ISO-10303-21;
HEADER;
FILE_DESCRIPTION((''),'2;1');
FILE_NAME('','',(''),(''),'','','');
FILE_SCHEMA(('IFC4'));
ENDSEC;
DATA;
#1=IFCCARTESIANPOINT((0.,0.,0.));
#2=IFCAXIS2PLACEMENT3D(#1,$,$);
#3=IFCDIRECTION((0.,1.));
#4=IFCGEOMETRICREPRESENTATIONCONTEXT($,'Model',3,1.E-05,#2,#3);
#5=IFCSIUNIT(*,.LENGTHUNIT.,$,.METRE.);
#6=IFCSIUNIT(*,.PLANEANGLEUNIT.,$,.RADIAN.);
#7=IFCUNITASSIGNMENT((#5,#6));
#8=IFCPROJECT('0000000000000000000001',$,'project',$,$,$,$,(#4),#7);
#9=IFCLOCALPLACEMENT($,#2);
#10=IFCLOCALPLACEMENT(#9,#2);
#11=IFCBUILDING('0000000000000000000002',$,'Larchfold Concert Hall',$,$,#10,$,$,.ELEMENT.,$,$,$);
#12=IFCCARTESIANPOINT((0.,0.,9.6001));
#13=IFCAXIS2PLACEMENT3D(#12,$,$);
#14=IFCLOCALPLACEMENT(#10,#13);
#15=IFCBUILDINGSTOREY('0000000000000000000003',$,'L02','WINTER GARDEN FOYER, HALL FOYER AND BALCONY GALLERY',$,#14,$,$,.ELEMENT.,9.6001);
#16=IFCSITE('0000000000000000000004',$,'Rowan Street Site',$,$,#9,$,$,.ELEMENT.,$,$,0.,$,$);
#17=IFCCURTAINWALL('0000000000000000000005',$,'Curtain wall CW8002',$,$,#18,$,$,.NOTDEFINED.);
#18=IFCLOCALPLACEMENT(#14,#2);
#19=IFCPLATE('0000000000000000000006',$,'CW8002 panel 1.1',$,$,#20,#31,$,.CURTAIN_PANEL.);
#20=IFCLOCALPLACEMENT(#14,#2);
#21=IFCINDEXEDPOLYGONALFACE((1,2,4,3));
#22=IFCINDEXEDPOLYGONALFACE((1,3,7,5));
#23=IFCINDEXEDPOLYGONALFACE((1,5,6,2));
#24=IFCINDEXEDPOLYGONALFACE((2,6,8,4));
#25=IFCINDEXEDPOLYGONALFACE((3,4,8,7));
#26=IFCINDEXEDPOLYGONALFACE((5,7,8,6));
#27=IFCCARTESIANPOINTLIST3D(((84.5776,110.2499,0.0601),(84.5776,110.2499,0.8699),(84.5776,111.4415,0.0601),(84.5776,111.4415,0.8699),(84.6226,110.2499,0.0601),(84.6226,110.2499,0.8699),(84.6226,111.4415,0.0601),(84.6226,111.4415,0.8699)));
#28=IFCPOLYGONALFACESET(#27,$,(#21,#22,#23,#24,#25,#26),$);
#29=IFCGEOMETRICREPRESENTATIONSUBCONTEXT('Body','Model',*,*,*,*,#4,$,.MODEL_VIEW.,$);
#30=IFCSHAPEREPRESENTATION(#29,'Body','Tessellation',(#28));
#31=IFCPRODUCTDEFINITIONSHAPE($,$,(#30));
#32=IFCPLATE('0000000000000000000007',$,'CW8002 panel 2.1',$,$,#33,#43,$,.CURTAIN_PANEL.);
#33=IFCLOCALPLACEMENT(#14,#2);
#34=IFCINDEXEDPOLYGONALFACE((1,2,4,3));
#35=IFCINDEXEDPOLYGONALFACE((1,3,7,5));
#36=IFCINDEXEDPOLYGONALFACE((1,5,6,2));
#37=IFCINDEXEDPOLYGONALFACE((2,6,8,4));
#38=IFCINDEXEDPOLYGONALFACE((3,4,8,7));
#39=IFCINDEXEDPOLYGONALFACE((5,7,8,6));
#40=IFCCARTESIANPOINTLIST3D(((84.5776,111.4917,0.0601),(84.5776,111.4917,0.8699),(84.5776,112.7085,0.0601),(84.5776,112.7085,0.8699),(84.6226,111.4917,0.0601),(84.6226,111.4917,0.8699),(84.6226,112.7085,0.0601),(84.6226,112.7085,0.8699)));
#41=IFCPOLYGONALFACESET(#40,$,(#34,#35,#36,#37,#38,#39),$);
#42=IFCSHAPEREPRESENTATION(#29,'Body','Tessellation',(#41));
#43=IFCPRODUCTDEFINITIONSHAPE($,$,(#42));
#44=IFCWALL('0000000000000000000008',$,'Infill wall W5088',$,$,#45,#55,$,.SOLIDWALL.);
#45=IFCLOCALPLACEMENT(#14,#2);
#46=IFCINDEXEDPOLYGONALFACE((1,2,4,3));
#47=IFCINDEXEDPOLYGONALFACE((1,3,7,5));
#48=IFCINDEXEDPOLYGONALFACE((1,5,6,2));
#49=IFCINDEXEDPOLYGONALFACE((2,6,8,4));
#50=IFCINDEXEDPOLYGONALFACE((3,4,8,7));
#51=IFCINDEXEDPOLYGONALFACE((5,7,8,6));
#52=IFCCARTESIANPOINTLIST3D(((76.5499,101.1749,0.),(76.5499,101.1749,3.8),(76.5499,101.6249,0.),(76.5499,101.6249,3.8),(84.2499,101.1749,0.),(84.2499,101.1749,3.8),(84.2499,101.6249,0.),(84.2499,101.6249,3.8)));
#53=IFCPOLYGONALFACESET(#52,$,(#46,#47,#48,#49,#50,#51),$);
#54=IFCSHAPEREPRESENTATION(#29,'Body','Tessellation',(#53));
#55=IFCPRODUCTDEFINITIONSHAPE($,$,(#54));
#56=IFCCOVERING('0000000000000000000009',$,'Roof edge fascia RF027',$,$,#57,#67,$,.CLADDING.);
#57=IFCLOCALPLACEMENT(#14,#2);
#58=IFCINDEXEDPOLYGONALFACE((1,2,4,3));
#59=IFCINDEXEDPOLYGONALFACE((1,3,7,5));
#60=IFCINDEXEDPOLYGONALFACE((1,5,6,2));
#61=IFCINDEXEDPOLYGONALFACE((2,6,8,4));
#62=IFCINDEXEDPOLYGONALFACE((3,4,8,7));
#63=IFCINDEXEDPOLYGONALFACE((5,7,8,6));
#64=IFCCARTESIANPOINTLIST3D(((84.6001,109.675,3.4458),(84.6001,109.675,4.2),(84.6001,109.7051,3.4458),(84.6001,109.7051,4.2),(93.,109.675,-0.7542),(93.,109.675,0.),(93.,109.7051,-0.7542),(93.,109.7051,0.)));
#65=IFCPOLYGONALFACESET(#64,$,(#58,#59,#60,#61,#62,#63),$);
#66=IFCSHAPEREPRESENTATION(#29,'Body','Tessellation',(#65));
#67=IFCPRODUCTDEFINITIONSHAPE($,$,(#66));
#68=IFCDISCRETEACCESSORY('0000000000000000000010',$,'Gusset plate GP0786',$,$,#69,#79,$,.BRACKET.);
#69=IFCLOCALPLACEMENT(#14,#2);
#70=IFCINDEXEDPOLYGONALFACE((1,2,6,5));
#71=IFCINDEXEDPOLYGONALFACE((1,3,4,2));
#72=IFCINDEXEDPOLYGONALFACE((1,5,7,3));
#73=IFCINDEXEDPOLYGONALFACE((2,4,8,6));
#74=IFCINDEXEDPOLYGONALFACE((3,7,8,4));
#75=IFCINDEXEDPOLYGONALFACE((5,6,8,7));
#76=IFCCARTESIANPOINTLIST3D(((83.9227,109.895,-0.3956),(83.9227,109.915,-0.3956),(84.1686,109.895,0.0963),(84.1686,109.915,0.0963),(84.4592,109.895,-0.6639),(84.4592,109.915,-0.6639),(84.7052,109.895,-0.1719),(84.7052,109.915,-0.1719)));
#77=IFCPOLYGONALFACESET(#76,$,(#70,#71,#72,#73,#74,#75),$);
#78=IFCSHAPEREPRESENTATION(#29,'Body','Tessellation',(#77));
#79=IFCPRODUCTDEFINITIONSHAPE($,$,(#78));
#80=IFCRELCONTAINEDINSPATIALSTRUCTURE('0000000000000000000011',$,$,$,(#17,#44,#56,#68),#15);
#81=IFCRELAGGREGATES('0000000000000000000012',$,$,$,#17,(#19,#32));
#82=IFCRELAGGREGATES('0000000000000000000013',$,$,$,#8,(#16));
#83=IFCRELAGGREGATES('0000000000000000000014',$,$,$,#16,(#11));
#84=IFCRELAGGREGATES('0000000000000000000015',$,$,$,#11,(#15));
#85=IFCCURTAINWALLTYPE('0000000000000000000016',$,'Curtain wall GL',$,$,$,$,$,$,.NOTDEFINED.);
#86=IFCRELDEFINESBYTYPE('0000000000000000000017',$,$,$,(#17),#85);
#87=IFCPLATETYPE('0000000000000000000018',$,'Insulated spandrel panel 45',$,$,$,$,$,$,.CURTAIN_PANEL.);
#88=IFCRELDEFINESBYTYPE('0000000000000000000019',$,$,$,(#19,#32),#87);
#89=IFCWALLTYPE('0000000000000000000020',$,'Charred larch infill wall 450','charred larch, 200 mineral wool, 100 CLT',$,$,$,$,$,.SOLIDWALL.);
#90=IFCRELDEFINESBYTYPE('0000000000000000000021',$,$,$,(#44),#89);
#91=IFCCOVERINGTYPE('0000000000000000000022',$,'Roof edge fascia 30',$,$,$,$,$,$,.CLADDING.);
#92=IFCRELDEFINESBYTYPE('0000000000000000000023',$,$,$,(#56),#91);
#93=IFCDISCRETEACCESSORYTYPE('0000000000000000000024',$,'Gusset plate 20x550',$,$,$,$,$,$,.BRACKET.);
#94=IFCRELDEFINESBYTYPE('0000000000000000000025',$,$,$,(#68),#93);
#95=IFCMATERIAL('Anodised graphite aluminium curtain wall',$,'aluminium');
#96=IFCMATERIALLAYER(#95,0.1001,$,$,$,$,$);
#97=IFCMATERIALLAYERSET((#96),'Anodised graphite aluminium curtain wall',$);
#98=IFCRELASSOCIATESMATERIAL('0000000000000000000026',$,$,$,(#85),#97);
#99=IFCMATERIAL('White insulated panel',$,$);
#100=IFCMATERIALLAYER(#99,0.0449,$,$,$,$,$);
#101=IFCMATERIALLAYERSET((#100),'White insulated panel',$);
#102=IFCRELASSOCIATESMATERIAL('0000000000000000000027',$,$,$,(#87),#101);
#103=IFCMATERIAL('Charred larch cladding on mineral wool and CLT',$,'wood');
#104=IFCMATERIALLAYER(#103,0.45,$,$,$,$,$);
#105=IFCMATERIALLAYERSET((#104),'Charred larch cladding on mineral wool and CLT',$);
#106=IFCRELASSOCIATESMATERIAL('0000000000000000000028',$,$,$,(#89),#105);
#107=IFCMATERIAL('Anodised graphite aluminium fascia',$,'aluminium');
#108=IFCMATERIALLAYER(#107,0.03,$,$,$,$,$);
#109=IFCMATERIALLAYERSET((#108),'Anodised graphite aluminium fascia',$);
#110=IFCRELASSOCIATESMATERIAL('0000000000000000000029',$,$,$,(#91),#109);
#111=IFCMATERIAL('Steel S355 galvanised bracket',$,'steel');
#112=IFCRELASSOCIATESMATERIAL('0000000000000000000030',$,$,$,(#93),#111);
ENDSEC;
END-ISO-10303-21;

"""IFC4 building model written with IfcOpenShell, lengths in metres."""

from ifc_helpers import new_model, si_unit, direction, frame, frame_2d, origin, origin_2d, place, context, subcontext, project, spatial, polyline, rectangle, outline, extrude, material, layer, layer_set, material_profile, profile_set, type_object, element, aggregate, save


model = new_model("IFC4")

# Units and contexts
model_context = context("Model", 3, precision=1e-05, world=origin(), true_north=direction((0.0, 1.0)))
body_context = subcontext(model_context, "Body", "Model", "MODEL_VIEW")
ifc_project = project(units=[si_unit("LENGTHUNIT", "METRE"), si_unit("PLANEANGLEUNIT", "RADIAN")], contexts=[model_context])

# Site, building, storey
site_placement = place(None, origin())
site = spatial("IfcSite", under=ifc_project, at=site_placement, Name="Rowan Street Site", CompositionType="ELEMENT", RefElevation=0.0)
building_placement = place(site_placement, origin())
building = spatial("IfcBuilding", under=site, at=building_placement, Name="Larchfold Concert Hall", CompositionType="ELEMENT")
storey_placement = place(building_placement, frame((0.0, 0.0, 9.6001)))
storey = spatial("IfcBuildingStorey", under=building, at=storey_placement, Name="L02", Description="WINTER GARDEN FOYER, HALL FOYER AND BALCONY GALLERY", CompositionType="ELEMENT", Elevation=9.6001)

# Curtain wall
ifc_material_1 = material(Name="Anodised graphite aluminium curtain wall", Category="aluminium")
ifc_layer_1 = layer(ifc_material_1, 0.1001)
ifc_layer_set_1 = layer_set([ifc_layer_1], Name="Anodised graphite aluminium curtain wall")
curtain_wall_type = type_object("IfcCurtainWallType", Name="Curtain wall GL", PredefinedType="NOTDEFINED", material=ifc_layer_set_1)
curtain_wall_placement = place(storey_placement, origin())
curtain_wall = element("IfcCurtainWall", 1, at=curtain_wall_placement, inside=storey, type_object=curtain_wall_type, Name="Curtain wall CW8002", PredefinedType="NOTDEFINED")

# Plates
ifc_material_2 = material(Name="White insulated panel")
ifc_layer_2 = layer(ifc_material_2, 0.0449)
ifc_layer_set_2 = layer_set([ifc_layer_2], Name="White insulated panel")
plate_type_1 = type_object("IfcPlateType", Name="Insulated spandrel panel 45", PredefinedType="CURTAIN_PANEL", material=ifc_layer_set_2)
plate_1_placement = place(storey_placement, frame((84.6001, 110.8457, 0.0601), z_axis=(0.0, 0.0, 1.0), x_axis=(0.0, 1.0, 0.0)))
plate_1 = element("IfcPlate", 2, at=plate_1_placement, type_object=plate_type_1, Name="CW8002 panel 1.1", PredefinedType="CURTAIN_PANEL", context=body_context, shape_type="SweptSolid", body=[
    extrude(rectangle(XDim=1.1917, YDim=0.0449, at=origin_2d()), origin(), (0.0, 0.0, 1.0), 0.8098),
])
plate_2_placement = place(storey_placement, frame((84.6001, 112.1001, 0.0601), z_axis=(0.0, 0.0, 1.0), x_axis=(0.0, 1.0, 0.0)))
plate_2 = element("IfcPlate", 3, at=plate_2_placement, type_object=plate_type_1, Name="CW8002 panel 2.1", PredefinedType="CURTAIN_PANEL", context=body_context, shape_type="SweptSolid", body=[
    extrude(rectangle(XDim=1.2168, YDim=0.0449, at=origin_2d()), origin(), (0.0, 0.0, 1.0), 0.8098),
])
aggregate(curtain_wall, [plate_1, plate_2])

# Wall
ifc_material_3 = material(Name="Charred larch cladding on mineral wool and CLT", Category="wood")
ifc_layer_3 = layer(ifc_material_3, 0.45)
ifc_layer_set_3 = layer_set([ifc_layer_3], Name="Charred larch cladding on mineral wool and CLT")
wall_type = type_object("IfcWallType", Name="Charred larch infill wall 450", Description="charred larch, 200 mineral wool, 100 CLT", PredefinedType="SOLIDWALL", material=ifc_layer_set_3)
wall_placement = place(storey_placement, frame((84.25, 101.3999, 0.0), z_axis=(0.0, 0.0, 1.0), x_axis=(-1.0, 0.0, 0.0)))
element("IfcWall", 4, at=wall_placement, inside=storey, type_object=wall_type, Name="Infill wall W5088", PredefinedType="SOLIDWALL", context=body_context, shape_type="SweptSolid", body=[
    extrude(rectangle(XDim=7.7, YDim=0.45, at=frame_2d((3.8501, 0.0))), origin(), (0.0, 0.0, 1.0), 3.8),
])

# Covering
ifc_material_4 = material(Name="Anodised graphite aluminium fascia", Category="aluminium")
ifc_layer_4 = layer(ifc_material_4, 0.03)
ifc_layer_set_4 = layer_set([ifc_layer_4], Name="Anodised graphite aluminium fascia")
covering_type = type_object("IfcCoveringType", Name="Roof edge fascia 30", PredefinedType="CLADDING", material=ifc_layer_set_4)
covering_placement = place(storey_placement, frame((84.6001, 109.675, 3.4458), z_axis=(0.0, -1.0, 0.0), x_axis=(0.894427, 0.0, -0.447214)))
element("IfcCovering", 5, at=covering_placement, inside=storey, type_object=covering_type, Name="Roof edge fascia RF027", PredefinedType="CLADDING", context=body_context, shape_type="SweptSolid", body=[
    extrude(outline(polyline([(0.0, 0.0), (9.3914, 0.0), (9.0541, 0.6745), (-0.3373, 0.6745), (0.0, 0.0)])), origin(), (0.0, 0.0, -1.0), 0.03),
])

# Discrete accessory
ifc_material_5 = material(Name="Steel S355 galvanised bracket", Category="steel")
ifc_material_profile_1 = material_profile(ifc_material_5, rectangle(XDim=0.02, YDim=0.55, at=origin_2d()))
ifc_profile_set_1 = profile_set([ifc_material_profile_1], Name="Steel S355 galvanised bracket")
discrete_accessory_type = type_object("IfcDiscreteAccessoryType", Name="Gusset plate 20x550", PredefinedType="BRACKET", material=ifc_profile_set_1)
discrete_accessory_placement = place(storey_placement, frame((84.0457, 109.905, -0.1497), z_axis=(0.894427, 0.0, -0.447214), x_axis=(0.0, 1.0, 0.0)))
element("IfcDiscreteAccessory", 6, at=discrete_accessory_placement, inside=storey, type_object=discrete_accessory_type, Name="Gusset plate GP0786", PredefinedType="BRACKET", context=body_context, shape_type="SweptSolid", body=[
    extrude(rectangle(XDim=0.02, YDim=0.55, at=origin_2d()), origin(), (0.0, 0.0, 1.0), 0.5999),
])

save(model, "model.ifc")
